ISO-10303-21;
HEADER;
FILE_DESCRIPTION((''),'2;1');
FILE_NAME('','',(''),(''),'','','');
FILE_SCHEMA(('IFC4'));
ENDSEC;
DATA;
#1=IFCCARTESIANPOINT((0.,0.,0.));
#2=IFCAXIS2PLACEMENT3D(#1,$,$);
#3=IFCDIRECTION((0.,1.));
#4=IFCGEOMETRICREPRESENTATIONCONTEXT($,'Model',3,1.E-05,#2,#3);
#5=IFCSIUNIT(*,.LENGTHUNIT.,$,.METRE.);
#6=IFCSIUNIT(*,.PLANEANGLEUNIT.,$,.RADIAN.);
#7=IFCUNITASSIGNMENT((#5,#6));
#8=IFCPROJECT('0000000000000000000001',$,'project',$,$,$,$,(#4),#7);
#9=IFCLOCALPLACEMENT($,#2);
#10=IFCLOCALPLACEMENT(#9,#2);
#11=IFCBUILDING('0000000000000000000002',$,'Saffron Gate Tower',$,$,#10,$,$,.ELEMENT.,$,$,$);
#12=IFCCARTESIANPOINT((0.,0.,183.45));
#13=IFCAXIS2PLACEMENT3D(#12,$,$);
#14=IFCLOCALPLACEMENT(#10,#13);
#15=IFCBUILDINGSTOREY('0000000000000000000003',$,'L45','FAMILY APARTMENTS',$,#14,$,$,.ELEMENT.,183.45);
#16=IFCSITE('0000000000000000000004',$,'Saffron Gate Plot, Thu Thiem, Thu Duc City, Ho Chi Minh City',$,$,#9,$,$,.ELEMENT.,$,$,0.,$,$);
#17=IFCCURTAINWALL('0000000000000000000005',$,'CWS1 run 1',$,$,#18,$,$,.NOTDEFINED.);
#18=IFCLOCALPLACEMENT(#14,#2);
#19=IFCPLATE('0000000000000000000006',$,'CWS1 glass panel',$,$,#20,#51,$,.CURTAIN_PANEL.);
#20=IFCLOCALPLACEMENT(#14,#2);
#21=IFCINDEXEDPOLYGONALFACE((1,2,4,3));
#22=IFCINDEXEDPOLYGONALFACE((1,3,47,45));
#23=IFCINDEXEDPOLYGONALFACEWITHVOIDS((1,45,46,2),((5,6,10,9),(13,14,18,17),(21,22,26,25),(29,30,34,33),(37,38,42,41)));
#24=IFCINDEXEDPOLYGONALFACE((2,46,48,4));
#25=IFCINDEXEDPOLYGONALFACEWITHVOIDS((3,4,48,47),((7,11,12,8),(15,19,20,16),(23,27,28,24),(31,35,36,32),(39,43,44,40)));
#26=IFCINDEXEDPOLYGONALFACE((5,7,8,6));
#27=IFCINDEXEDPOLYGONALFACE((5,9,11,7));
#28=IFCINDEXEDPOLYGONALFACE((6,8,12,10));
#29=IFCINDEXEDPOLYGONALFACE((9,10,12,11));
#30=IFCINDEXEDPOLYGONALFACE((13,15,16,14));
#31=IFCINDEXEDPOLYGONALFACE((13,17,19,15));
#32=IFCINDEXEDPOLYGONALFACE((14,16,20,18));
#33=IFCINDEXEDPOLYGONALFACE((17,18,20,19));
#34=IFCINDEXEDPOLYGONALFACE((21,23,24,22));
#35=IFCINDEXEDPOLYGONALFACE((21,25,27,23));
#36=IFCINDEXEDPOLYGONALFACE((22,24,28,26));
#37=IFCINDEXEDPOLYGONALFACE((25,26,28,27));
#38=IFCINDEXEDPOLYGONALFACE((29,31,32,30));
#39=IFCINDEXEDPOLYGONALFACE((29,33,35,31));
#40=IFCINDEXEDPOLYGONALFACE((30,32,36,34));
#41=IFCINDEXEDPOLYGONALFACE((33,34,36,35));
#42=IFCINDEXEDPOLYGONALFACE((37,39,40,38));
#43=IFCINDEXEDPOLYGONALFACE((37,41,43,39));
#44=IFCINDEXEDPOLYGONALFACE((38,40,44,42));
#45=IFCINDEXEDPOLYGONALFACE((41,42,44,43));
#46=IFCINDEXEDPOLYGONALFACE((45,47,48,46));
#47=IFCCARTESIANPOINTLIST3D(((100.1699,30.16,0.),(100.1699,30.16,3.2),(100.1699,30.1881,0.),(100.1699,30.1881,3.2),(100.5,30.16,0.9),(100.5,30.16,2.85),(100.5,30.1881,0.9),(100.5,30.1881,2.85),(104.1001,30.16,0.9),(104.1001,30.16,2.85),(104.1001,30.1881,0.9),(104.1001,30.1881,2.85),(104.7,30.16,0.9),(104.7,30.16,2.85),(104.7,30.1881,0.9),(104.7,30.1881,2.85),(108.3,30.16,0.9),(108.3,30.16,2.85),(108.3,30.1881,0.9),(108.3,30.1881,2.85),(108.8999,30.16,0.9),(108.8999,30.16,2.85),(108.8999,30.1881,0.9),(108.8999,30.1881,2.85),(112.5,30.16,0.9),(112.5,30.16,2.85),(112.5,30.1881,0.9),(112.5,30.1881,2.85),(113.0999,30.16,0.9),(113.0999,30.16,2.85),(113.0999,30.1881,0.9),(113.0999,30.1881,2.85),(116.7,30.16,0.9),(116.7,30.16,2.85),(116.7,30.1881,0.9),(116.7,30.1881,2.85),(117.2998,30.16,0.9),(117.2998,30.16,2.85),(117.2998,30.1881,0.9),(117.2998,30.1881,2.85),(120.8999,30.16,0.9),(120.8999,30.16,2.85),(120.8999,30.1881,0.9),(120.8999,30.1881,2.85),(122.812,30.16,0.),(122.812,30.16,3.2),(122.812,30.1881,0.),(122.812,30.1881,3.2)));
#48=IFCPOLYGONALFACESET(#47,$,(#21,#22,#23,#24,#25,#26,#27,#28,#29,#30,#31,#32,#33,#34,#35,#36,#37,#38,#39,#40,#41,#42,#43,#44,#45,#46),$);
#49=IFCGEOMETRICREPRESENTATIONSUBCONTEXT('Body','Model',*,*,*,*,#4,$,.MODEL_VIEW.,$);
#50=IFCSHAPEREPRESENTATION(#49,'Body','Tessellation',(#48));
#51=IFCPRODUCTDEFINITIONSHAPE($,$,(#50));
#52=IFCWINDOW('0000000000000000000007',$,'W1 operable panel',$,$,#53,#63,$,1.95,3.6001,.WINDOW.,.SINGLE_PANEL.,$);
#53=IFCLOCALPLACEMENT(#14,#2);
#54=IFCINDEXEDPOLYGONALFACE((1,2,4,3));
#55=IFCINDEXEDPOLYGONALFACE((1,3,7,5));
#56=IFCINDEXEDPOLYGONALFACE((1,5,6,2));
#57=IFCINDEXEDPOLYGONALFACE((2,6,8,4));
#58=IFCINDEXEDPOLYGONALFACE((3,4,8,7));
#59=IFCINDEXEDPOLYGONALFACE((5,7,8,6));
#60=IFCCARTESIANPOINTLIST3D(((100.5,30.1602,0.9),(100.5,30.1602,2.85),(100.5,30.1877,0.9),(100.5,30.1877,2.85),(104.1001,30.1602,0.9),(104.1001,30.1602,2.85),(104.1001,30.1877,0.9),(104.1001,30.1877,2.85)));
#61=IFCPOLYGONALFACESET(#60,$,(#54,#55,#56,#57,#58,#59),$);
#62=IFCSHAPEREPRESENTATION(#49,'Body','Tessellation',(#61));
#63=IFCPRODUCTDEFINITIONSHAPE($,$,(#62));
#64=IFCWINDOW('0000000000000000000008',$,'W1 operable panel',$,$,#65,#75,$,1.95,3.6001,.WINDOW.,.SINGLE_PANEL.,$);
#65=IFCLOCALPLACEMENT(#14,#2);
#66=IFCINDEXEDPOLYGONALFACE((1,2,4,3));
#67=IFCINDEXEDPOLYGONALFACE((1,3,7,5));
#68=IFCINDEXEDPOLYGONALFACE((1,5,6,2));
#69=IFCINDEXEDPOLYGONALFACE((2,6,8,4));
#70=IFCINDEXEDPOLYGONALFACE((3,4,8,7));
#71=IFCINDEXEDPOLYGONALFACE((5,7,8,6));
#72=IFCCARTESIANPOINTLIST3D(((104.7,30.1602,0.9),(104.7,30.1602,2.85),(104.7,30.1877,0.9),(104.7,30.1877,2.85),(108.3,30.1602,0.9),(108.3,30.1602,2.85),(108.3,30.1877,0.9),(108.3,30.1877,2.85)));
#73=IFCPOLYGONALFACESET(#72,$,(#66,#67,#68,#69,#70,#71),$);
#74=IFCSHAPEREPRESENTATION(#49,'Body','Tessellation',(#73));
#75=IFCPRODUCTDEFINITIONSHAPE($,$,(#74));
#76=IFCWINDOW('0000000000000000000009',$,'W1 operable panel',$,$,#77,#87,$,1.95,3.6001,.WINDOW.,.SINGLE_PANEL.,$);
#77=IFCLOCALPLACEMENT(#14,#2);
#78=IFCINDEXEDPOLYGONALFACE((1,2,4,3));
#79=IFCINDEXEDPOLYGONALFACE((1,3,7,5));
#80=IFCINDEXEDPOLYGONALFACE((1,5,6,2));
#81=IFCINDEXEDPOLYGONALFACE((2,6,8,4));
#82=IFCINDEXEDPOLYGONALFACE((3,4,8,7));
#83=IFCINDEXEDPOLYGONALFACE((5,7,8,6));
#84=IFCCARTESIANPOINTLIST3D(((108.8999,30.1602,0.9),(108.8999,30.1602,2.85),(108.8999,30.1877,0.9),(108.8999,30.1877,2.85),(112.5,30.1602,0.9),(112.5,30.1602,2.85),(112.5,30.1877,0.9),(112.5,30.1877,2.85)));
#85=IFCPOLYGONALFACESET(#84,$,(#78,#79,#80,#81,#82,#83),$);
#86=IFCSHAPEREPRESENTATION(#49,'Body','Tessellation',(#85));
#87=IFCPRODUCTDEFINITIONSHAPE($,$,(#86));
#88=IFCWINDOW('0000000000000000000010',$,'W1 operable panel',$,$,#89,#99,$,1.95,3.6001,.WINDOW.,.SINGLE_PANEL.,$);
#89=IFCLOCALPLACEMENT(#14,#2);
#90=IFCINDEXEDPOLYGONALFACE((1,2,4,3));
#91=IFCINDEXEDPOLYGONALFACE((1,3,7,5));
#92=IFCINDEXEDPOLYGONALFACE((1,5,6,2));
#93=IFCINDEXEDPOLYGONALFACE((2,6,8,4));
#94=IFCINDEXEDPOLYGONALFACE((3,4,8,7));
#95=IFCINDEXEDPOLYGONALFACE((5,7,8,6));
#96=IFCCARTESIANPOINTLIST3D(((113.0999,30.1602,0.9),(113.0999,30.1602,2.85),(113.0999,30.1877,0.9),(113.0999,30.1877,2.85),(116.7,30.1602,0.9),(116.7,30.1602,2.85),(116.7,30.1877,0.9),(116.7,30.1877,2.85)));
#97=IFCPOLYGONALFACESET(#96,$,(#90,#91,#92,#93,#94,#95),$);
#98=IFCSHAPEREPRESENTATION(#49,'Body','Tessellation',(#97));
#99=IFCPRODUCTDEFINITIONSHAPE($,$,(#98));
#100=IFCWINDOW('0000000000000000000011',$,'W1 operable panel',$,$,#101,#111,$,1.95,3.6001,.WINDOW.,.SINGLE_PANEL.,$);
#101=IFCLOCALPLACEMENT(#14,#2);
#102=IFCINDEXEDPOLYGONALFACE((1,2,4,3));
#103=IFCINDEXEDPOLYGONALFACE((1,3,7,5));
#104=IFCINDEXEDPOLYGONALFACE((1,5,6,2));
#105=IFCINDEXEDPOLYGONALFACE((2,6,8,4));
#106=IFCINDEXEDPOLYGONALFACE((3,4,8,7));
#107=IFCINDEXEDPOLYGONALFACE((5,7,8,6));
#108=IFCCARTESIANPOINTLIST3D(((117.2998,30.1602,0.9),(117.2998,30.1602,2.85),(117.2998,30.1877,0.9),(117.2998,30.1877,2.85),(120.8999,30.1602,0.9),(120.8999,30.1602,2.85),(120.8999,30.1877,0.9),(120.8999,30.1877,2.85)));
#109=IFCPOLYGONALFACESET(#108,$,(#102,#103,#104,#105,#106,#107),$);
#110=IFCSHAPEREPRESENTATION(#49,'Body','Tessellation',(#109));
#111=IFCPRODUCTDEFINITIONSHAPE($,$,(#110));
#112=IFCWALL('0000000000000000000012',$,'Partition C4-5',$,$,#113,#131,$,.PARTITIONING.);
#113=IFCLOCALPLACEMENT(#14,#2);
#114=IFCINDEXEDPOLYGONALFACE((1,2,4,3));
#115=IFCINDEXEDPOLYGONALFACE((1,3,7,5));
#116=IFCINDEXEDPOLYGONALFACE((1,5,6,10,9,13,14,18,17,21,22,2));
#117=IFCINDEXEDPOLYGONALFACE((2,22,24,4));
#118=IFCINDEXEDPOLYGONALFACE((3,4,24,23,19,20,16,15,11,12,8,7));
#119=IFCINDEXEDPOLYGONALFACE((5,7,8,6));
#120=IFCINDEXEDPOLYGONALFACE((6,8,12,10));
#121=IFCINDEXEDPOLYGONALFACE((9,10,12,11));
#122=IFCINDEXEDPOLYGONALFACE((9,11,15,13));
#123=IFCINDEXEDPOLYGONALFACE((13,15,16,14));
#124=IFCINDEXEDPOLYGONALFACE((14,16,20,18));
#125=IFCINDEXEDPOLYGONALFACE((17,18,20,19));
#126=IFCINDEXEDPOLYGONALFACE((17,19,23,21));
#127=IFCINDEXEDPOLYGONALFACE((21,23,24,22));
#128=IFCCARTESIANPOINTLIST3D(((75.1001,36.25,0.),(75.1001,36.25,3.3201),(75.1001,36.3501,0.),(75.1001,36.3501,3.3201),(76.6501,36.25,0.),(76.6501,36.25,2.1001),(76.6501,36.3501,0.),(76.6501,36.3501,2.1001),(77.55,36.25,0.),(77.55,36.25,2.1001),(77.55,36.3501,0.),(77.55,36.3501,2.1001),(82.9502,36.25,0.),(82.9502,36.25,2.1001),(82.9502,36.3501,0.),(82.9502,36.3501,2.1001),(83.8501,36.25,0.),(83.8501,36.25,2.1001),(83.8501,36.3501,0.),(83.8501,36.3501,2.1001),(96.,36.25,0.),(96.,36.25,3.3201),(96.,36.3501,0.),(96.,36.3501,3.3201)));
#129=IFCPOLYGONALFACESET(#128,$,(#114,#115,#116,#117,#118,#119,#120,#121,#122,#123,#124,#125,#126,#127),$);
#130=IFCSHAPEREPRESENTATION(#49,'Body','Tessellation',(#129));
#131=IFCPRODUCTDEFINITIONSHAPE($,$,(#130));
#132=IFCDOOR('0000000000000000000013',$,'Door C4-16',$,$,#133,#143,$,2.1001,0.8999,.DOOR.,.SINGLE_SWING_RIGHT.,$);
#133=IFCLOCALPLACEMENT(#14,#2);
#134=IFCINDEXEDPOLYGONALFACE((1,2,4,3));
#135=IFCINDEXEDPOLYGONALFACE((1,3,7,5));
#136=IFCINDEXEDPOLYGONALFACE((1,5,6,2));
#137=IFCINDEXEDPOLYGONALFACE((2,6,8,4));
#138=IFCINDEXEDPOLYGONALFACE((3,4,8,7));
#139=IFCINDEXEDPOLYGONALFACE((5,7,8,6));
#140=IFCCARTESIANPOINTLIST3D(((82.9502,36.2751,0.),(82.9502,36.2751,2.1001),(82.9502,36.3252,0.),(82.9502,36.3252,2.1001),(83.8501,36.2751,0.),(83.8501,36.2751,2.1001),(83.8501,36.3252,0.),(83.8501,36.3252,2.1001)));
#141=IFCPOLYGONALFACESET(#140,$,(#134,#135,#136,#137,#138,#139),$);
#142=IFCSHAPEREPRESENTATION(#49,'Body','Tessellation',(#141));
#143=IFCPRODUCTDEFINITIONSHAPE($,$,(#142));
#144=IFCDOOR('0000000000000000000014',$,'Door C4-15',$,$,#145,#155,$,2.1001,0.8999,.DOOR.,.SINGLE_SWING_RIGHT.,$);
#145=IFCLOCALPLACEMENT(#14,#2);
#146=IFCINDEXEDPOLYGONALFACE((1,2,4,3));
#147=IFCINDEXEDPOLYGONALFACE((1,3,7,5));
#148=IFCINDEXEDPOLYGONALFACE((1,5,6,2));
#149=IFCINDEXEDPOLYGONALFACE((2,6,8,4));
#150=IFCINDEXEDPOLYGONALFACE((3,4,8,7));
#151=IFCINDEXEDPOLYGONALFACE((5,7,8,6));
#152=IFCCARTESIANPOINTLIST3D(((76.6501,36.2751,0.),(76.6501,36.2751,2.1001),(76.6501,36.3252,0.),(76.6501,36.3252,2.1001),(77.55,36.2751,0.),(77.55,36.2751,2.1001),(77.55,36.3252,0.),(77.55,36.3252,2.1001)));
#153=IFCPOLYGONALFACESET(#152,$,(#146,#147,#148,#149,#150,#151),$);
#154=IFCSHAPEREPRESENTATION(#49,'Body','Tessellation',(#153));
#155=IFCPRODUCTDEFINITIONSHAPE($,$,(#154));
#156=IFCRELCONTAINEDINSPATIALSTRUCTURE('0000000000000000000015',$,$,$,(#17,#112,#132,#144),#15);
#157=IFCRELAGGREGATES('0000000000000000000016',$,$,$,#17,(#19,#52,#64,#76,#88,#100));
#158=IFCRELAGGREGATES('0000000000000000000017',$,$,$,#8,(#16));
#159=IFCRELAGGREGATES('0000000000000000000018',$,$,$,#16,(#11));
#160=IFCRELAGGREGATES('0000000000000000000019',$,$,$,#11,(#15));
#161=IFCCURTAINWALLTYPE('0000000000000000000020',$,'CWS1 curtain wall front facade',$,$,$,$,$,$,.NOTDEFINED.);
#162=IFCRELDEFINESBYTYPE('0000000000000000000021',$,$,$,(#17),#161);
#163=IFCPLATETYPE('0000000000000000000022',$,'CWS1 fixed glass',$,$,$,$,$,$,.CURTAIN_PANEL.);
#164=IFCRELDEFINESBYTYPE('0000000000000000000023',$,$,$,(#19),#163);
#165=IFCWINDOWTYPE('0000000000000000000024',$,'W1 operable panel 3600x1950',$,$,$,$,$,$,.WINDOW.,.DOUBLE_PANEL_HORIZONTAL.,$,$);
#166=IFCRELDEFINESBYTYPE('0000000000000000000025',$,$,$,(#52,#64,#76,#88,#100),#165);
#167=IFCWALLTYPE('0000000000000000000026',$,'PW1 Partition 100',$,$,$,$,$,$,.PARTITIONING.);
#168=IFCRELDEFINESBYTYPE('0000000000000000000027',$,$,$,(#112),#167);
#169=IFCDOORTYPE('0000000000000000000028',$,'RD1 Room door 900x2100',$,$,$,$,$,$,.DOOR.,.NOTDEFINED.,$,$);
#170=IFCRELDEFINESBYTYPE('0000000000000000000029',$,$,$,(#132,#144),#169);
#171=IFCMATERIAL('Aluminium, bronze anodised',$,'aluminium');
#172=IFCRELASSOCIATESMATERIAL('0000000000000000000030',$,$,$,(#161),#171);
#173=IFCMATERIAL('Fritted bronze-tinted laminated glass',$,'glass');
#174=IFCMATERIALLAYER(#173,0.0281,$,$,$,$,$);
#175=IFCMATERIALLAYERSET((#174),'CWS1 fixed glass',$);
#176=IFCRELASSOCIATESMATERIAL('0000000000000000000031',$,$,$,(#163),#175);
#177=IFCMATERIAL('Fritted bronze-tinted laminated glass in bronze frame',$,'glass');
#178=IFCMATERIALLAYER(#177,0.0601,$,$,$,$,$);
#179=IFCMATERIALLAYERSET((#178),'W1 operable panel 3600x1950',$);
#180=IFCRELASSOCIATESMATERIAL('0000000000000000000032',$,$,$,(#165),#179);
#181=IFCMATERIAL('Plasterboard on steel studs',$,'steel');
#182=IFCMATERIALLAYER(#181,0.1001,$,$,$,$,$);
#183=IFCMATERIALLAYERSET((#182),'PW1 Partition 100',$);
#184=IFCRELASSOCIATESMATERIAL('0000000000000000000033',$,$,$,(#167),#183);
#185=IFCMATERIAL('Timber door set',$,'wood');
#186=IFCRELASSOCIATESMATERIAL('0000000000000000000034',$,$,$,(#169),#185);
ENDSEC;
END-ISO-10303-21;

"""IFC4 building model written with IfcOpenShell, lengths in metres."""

from ifc_helpers import new_model, si_unit, direction, frame, frame_2d, origin, place, context, subcontext, project, spatial, rectangle, extrude, material, layer, layer_set, type_object, element, fill, aggregate, save


model = new_model("IFC4")

# Units and contexts
model_context = context("Model", 3, precision=1e-05, world=origin(), true_north=direction((0.0, 1.0)))
body_context = subcontext(model_context, "Body", "Model", "MODEL_VIEW")
ifc_project = project(units=[si_unit("LENGTHUNIT", "METRE"), si_unit("PLANEANGLEUNIT", "RADIAN")], contexts=[model_context])

# Site, building, storey
site_placement = place(None, origin())
site = spatial("IfcSite", under=ifc_project, at=site_placement, Name="Saffron Gate Plot, Thu Thiem, Thu Duc City, Ho Chi Minh City", CompositionType="ELEMENT", RefElevation=0.0)
building_placement = place(site_placement, origin())
building = spatial("IfcBuilding", under=site, at=building_placement, Name="Saffron Gate Tower", CompositionType="ELEMENT")
storey_placement = place(building_placement, frame((0.0, 0.0, 183.45)))
storey = spatial("IfcBuildingStorey", under=building, at=storey_placement, Name="L45", Description="FAMILY APARTMENTS", CompositionType="ELEMENT", Elevation=183.45)

# Curtain wall, plate, openings, windows
ifc_material_1 = material(Name="Aluminium, bronze anodised", Category="aluminium")
curtain_wall_type = type_object("IfcCurtainWallType", Name="CWS1 curtain wall front facade", PredefinedType="NOTDEFINED", material=ifc_material_1)
curtain_wall_placement = place(storey_placement, origin())
curtain_wall = element("IfcCurtainWall", 1, at=curtain_wall_placement, inside=storey, type_object=curtain_wall_type, Name="CWS1 run 1", PredefinedType="NOTDEFINED")
ifc_material_2 = material(Name="Fritted bronze-tinted laminated glass", Category="glass")
ifc_layer_1 = layer(ifc_material_2, 0.0281)
ifc_layer_set_1 = layer_set([ifc_layer_1], Name="CWS1 fixed glass")
plate_type = type_object("IfcPlateType", Name="CWS1 fixed glass", PredefinedType="CURTAIN_PANEL", material=ifc_layer_set_1)
plate_placement = place(storey_placement, frame((100.1699, 30.1741, 0.0), z_axis=(0.0, 0.0, 1.0), x_axis=(1.0, 0.0, 0.0)))
plate = element("IfcPlate", 2, at=plate_placement, type_object=plate_type, Name="CWS1 glass panel", PredefinedType="CURTAIN_PANEL", context=body_context, shape_type="SweptSolid", body=[
    extrude(rectangle(XDim=22.6421, YDim=0.0281, at=frame_2d((11.321, 0.0))), origin(), (0.0, 0.0, 1.0), 3.2),
])
opening_1_placement = place(plate_placement, frame((0.3301, 0.0, 0.8999)))
opening_1 = element("IfcOpeningElement", 3, at=opening_1_placement, cuts=plate, PredefinedType="OPENING", context=body_context, shape_type="SweptSolid", body=[
    extrude(rectangle(XDim=3.6001, YDim=1.95, at=frame_2d((1.8, 0.9751))), frame((0.0, 0.0239, 0.0), z_axis=(0.0, -1.0, 0.0), x_axis=(1.0, 0.0, 0.0)), (0.0, 0.0, 1.0), 0.0481),
])
opening_2_placement = place(plate_placement, frame((4.53, 0.0, 0.8999)))
opening_2 = element("IfcOpeningElement", 4, at=opening_2_placement, cuts=plate, PredefinedType="OPENING", context=body_context, shape_type="SweptSolid", body=[
    extrude(rectangle(XDim=3.6001, YDim=1.95, at=frame_2d((1.8, 0.9751))), frame((0.0, 0.0239, 0.0), z_axis=(0.0, -1.0, 0.0), x_axis=(1.0, 0.0, 0.0)), (0.0, 0.0, 1.0), 0.0481),
])
opening_3_placement = place(plate_placement, frame((8.73, 0.0, 0.8999)))
opening_3 = element("IfcOpeningElement", 5, at=opening_3_placement, cuts=plate, PredefinedType="OPENING", context=body_context, shape_type="SweptSolid", body=[
    extrude(rectangle(XDim=3.6001, YDim=1.95, at=frame_2d((1.8, 0.9751))), frame((0.0, 0.0239, 0.0), z_axis=(0.0, -1.0, 0.0), x_axis=(1.0, 0.0, 0.0)), (0.0, 0.0, 1.0), 0.0481),
])
opening_4_placement = place(plate_placement, frame((12.9299, 0.0, 0.8999)))
opening_4 = element("IfcOpeningElement", 6, at=opening_4_placement, cuts=plate, PredefinedType="OPENING", context=body_context, shape_type="SweptSolid", body=[
    extrude(rectangle(XDim=3.6001, YDim=1.95, at=frame_2d((1.8, 0.9751))), frame((0.0, 0.0239, 0.0), z_axis=(0.0, -1.0, 0.0), x_axis=(1.0, 0.0, 0.0)), (0.0, 0.0, 1.0), 0.0481),
])
opening_5_placement = place(plate_placement, frame((17.1299, 0.0, 0.8999)))
opening_5 = element("IfcOpeningElement", 7, at=opening_5_placement, cuts=plate, PredefinedType="OPENING", context=body_context, shape_type="SweptSolid", body=[
    extrude(rectangle(XDim=3.6001, YDim=1.95, at=frame_2d((1.8, 0.9751))), frame((0.0, 0.0239, 0.0), z_axis=(0.0, -1.0, 0.0), x_axis=(1.0, 0.0, 0.0)), (0.0, 0.0, 1.0), 0.0481),
])
ifc_material_3 = material(Name="Fritted bronze-tinted laminated glass in bronze frame", Category="glass")
ifc_layer_2 = layer(ifc_material_3, 0.0601)
ifc_layer_set_2 = layer_set([ifc_layer_2], Name="W1 operable panel 3600x1950")
window_type = type_object("IfcWindowType", Name="W1 operable panel 3600x1950", PartitioningType="DOUBLE_PANEL_HORIZONTAL", PredefinedType="WINDOW", material=ifc_layer_set_2)
window_1_placement = place(opening_1_placement, origin())
window_1 = element("IfcWindow", 8, at=window_1_placement, type_object=window_type, Name="W1 operable panel", OverallHeight=1.95, OverallWidth=3.6001, PartitioningType="SINGLE_PANEL", PredefinedType="WINDOW", context=body_context, shape_type="SweptSolid", body=[
    extrude(rectangle(XDim=3.6001, YDim=1.95, at=frame_2d((1.8, 0.9751))), frame((0.0, 0.0137, 0.0), z_axis=(0.0, -1.0, 0.0), x_axis=(1.0, 0.0, 0.0)), (0.0, 0.0, 1.0), 0.0276),
])
fill(opening_1, window_1)
window_2_placement = place(opening_2_placement, origin())
window_2 = element("IfcWindow", 9, at=window_2_placement, type_object=window_type, Name="W1 operable panel", OverallHeight=1.95, OverallWidth=3.6001, PartitioningType="SINGLE_PANEL", PredefinedType="WINDOW", context=body_context, shape_type="SweptSolid", body=[
    extrude(rectangle(XDim=3.6001, YDim=1.95, at=frame_2d((1.8, 0.9751))), frame((0.0, 0.0137, 0.0), z_axis=(0.0, -1.0, 0.0), x_axis=(1.0, 0.0, 0.0)), (0.0, 0.0, 1.0), 0.0276),
])
fill(opening_2, window_2)
window_3_placement = place(opening_3_placement, origin())
window_3 = element("IfcWindow", 10, at=window_3_placement, type_object=window_type, Name="W1 operable panel", OverallHeight=1.95, OverallWidth=3.6001, PartitioningType="SINGLE_PANEL", PredefinedType="WINDOW", context=body_context, shape_type="SweptSolid", body=[
    extrude(rectangle(XDim=3.6001, YDim=1.95, at=frame_2d((1.8, 0.9751))), frame((0.0, 0.0137, 0.0), z_axis=(0.0, -1.0, 0.0), x_axis=(1.0, 0.0, 0.0)), (0.0, 0.0, 1.0), 0.0276),
])
fill(opening_3, window_3)
window_4_placement = place(opening_4_placement, origin())
window_4 = element("IfcWindow", 11, at=window_4_placement, type_object=window_type, Name="W1 operable panel", OverallHeight=1.95, OverallWidth=3.6001, PartitioningType="SINGLE_PANEL", PredefinedType="WINDOW", context=body_context, shape_type="SweptSolid", body=[
    extrude(rectangle(XDim=3.6001, YDim=1.95, at=frame_2d((1.8, 0.9751))), frame((0.0, 0.0137, 0.0), z_axis=(0.0, -1.0, 0.0), x_axis=(1.0, 0.0, 0.0)), (0.0, 0.0, 1.0), 0.0276),
])
fill(opening_4, window_4)
window_5_placement = place(opening_5_placement, origin())
window_5 = element("IfcWindow", 12, at=window_5_placement, type_object=window_type, Name="W1 operable panel", OverallHeight=1.95, OverallWidth=3.6001, PartitioningType="SINGLE_PANEL", PredefinedType="WINDOW", context=body_context, shape_type="SweptSolid", body=[
    extrude(rectangle(XDim=3.6001, YDim=1.95, at=frame_2d((1.8, 0.9751))), frame((0.0, 0.0137, 0.0), z_axis=(0.0, -1.0, 0.0), x_axis=(1.0, 0.0, 0.0)), (0.0, 0.0, 1.0), 0.0276),
])
fill(opening_5, window_5)
aggregate(curtain_wall, [plate, window_1, window_2, window_3, window_4, window_5])

# Wall, openings, doors
ifc_material_4 = material(Name="Plasterboard on steel studs", Category="steel")
ifc_layer_3 = layer(ifc_material_4, 0.1001)
ifc_layer_set_3 = layer_set([ifc_layer_3], Name="PW1 Partition 100")
wall_type_1 = type_object("IfcWallType", Name="PW1 Partition 100", PredefinedType="PARTITIONING", material=ifc_layer_set_3)
wall_1_placement = place(storey_placement, frame((96.0, 36.3, 0.0), z_axis=(0.0, 0.0, 1.0), x_axis=(-1.0, 0.0, 0.0)))
wall_1 = element("IfcWall", 13, at=wall_1_placement, inside=storey, type_object=wall_type_1, Name="Partition C4-5", PredefinedType="PARTITIONING", context=body_context, shape_type="SweptSolid", body=[
    extrude(rectangle(XDim=20.8999, YDim=0.1001, at=frame_2d((10.45, 0.0))), origin(), (0.0, 0.0, 1.0), 3.3201),
])
opening_6_placement = place(wall_1_placement, frame((12.1499, 0.0, 0.0)))
opening_6 = element("IfcOpeningElement", 14, at=opening_6_placement, cuts=wall_1, PredefinedType="OPENING", context=body_context, shape_type="SweptSolid", body=[
    extrude(rectangle(XDim=0.8999, YDim=2.1001, at=frame_2d((0.45, 1.05))), frame((0.0, 0.0601, 0.0), z_axis=(0.0, -1.0, 0.0), x_axis=(1.0, 0.0, 0.0)), (0.0, 0.0, 1.0), 0.1201),
])
opening_7_placement = place(wall_1_placement, frame((18.45, 0.0, 0.0)))
opening_7 = element("IfcOpeningElement", 15, at=opening_7_placement, cuts=wall_1, PredefinedType="OPENING", context=body_context, shape_type="SweptSolid", body=[
    extrude(rectangle(XDim=0.8999, YDim=2.1001, at=frame_2d((0.45, 1.05))), frame((0.0, 0.0601, 0.0), z_axis=(0.0, -1.0, 0.0), x_axis=(1.0, 0.0, 0.0)), (0.0, 0.0, 1.0), 0.1201),
])
ifc_material_5 = material(Name="Timber door set", Category="wood")
door_type = type_object("IfcDoorType", Name="RD1 Room door 900x2100", OperationType="NOTDEFINED", PredefinedType="DOOR", material=ifc_material_5)
door_1_placement = place(opening_6_placement, origin())
door_1 = element("IfcDoor", 16, at=door_1_placement, inside=storey, type_object=door_type, Name="Door C4-16", OperationType="SINGLE_SWING_RIGHT", OverallHeight=2.1001, OverallWidth=0.8999, PredefinedType="DOOR", context=body_context, shape_type="SweptSolid", body=[
    extrude(rectangle(XDim=0.8999, YDim=2.1001, at=frame_2d((0.45, 1.05))), frame((0.0, 0.0249, 0.0), z_axis=(0.0, -1.0, 0.0), x_axis=(1.0, 0.0, 0.0)), (0.0, 0.0, 1.0), 0.05),
])
fill(opening_6, door_1)
door_2_placement = place(opening_7_placement, origin())
door_2 = element("IfcDoor", 17, at=door_2_placement, inside=storey, type_object=door_type, Name="Door C4-15", OperationType="SINGLE_SWING_RIGHT", OverallHeight=2.1001, OverallWidth=0.8999, PredefinedType="DOOR", context=body_context, shape_type="SweptSolid", body=[
    extrude(rectangle(XDim=0.8999, YDim=2.1001, at=frame_2d((0.45, 1.05))), frame((0.0, 0.0249, 0.0), z_axis=(0.0, -1.0, 0.0), x_axis=(1.0, 0.0, 0.0)), (0.0, 0.0, 1.0), 0.05),
])
fill(opening_7, door_2)

save(model, "model.ifc")
